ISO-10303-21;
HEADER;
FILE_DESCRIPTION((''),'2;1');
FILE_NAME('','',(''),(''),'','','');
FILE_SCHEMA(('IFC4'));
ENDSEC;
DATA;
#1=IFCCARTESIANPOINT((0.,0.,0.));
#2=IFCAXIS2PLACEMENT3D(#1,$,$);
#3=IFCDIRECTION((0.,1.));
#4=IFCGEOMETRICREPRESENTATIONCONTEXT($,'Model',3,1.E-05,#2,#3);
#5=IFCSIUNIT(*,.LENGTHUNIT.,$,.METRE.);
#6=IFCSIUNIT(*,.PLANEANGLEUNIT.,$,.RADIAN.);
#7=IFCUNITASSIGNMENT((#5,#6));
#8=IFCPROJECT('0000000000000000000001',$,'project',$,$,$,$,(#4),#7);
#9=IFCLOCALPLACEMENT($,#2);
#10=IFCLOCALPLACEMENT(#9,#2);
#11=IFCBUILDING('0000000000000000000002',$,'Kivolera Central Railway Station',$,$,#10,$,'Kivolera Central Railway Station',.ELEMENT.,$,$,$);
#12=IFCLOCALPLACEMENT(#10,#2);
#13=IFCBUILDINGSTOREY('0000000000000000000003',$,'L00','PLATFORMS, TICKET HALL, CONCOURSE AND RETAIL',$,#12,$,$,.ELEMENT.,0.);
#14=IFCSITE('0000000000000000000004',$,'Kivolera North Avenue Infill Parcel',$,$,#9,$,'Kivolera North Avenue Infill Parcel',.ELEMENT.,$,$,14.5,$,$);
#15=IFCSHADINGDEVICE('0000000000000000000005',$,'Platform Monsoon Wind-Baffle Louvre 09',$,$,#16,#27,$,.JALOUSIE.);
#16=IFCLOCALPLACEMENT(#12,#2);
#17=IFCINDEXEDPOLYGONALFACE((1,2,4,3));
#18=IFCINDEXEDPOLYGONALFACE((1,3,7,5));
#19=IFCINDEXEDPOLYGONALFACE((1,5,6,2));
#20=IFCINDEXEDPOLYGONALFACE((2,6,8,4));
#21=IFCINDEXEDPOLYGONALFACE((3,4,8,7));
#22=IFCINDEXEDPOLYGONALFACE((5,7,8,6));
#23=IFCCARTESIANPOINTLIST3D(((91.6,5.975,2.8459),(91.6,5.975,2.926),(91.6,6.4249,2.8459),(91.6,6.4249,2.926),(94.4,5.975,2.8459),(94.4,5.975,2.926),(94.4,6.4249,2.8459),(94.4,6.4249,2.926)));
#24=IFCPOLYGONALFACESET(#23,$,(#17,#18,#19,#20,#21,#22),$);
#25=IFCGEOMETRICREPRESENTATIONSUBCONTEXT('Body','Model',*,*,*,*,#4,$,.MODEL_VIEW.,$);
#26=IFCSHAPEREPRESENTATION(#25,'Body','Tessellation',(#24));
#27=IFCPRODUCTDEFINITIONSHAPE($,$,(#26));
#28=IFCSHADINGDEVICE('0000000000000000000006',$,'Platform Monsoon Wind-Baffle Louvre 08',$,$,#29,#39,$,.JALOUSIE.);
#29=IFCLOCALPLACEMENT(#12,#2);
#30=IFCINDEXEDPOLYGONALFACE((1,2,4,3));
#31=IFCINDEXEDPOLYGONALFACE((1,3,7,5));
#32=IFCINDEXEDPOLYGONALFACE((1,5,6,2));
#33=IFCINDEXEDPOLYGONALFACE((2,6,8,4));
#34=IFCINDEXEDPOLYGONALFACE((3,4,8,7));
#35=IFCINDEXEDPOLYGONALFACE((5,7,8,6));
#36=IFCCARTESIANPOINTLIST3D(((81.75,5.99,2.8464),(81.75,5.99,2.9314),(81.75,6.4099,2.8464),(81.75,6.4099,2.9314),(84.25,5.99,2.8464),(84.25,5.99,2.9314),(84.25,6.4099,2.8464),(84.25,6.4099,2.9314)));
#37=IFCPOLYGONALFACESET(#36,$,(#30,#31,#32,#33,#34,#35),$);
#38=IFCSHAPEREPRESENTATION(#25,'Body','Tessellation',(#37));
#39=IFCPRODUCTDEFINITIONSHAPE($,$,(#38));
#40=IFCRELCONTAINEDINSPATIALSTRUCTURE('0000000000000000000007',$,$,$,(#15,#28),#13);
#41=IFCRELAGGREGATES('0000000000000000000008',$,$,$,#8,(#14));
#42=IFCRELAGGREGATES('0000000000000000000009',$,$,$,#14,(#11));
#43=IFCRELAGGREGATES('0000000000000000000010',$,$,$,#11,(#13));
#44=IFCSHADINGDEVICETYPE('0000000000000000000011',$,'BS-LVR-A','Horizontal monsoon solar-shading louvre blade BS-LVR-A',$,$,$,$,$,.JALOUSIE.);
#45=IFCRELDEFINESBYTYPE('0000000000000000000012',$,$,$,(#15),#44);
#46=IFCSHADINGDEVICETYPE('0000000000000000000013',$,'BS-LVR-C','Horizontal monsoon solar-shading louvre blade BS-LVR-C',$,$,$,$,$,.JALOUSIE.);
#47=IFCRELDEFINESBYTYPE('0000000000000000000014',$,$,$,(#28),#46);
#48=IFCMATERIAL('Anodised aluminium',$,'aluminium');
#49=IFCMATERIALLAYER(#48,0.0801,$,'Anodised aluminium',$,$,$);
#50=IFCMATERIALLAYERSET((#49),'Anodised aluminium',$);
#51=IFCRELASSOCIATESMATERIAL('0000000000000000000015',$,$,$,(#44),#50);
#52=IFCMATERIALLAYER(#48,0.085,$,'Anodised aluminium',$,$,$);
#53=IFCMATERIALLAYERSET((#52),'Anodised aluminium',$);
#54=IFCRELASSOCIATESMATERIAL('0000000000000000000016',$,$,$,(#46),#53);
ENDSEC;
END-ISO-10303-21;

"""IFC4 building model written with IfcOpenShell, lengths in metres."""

from ifc_helpers import new_model, si_unit, direction, frame, origin, origin_2d, place, context, subcontext, project, spatial, rectangle, extrude, material, layer, layer_set, type_object, element, save


model = new_model("IFC4")

# Units and contexts
model_context = context("Model", 3, precision=1e-05, world=origin(), true_north=direction((0.0, 1.0)))
body_context = subcontext(model_context, "Body", "Model", "MODEL_VIEW")
ifc_project = project(units=[si_unit("LENGTHUNIT", "METRE"), si_unit("PLANEANGLEUNIT", "RADIAN")], contexts=[model_context])

# Site, building, storey
site_placement = place(None, origin())
site = spatial("IfcSite", under=ifc_project, at=site_placement, Name="Kivolera North Avenue Infill Parcel", LongName="Kivolera North Avenue Infill Parcel", CompositionType="ELEMENT", RefElevation=14.5)
building_placement = place(site_placement, origin())
building = spatial("IfcBuilding", under=site, at=building_placement, Name="Kivolera Central Railway Station", LongName="Kivolera Central Railway Station", CompositionType="ELEMENT")
storey_placement = place(building_placement, origin())
storey = spatial("IfcBuildingStorey", under=building, at=storey_placement, Name="L00", Description="PLATFORMS, TICKET HALL, CONCOURSE AND RETAIL", CompositionType="ELEMENT", Elevation=0.0)

# Shared definitions
ifc_material_1 = material(Name="Anodised aluminium", Category="aluminium")

# Shading devices
ifc_layer_1 = layer(ifc_material_1, 0.0801, Name="Anodised aluminium")
ifc_layer_set_1 = layer_set([ifc_layer_1], Name="Anodised aluminium")
shading_device_type_1 = type_object("IfcShadingDeviceType", Name="BS-LVR-A", Description="Horizontal monsoon solar-shading louvre blade BS-LVR-A", PredefinedType="JALOUSIE", material=ifc_layer_set_1)
shading_device_1_placement = place(storey_placement, frame((93.0, 6.2, 2.8459), z_axis=(0.0, 0.0, 1.0), x_axis=(1.0, 0.0, 0.0)))
element("IfcShadingDevice", 1, at=shading_device_1_placement, inside=storey, type_object=shading_device_type_1, Name="Platform Monsoon Wind-Baffle Louvre 09", PredefinedType="JALOUSIE", context=body_context, shape_type="SweptSolid", body=[
    extrude(rectangle(XDim=2.8, YDim=0.45, at=origin_2d()), origin(), (0.0, 0.0, 1.0), 0.0801),
])
ifc_layer_2 = layer(ifc_material_1, 0.085, Name="Anodised aluminium")
ifc_layer_set_2 = layer_set([ifc_layer_2], Name="Anodised aluminium")
shading_device_type_2 = type_object("IfcShadingDeviceType", Name="BS-LVR-C", Description="Horizontal monsoon solar-shading louvre blade BS-LVR-C", PredefinedType="JALOUSIE", material=ifc_layer_set_2)
shading_device_2_placement = place(storey_placement, frame((83.0, 6.2, 2.8464), z_axis=(0.0, 0.0, 1.0), x_axis=(1.0, 0.0, 0.0)))
element("IfcShadingDevice", 2, at=shading_device_2_placement, inside=storey, type_object=shading_device_type_2, Name="Platform Monsoon Wind-Baffle Louvre 08", PredefinedType="JALOUSIE", context=body_context, shape_type="SweptSolid", body=[
    extrude(rectangle(XDim=2.5, YDim=0.4199, at=origin_2d()), origin(), (0.0, 0.0, 1.0), 0.085),
])

save(model, "model.ifc")
